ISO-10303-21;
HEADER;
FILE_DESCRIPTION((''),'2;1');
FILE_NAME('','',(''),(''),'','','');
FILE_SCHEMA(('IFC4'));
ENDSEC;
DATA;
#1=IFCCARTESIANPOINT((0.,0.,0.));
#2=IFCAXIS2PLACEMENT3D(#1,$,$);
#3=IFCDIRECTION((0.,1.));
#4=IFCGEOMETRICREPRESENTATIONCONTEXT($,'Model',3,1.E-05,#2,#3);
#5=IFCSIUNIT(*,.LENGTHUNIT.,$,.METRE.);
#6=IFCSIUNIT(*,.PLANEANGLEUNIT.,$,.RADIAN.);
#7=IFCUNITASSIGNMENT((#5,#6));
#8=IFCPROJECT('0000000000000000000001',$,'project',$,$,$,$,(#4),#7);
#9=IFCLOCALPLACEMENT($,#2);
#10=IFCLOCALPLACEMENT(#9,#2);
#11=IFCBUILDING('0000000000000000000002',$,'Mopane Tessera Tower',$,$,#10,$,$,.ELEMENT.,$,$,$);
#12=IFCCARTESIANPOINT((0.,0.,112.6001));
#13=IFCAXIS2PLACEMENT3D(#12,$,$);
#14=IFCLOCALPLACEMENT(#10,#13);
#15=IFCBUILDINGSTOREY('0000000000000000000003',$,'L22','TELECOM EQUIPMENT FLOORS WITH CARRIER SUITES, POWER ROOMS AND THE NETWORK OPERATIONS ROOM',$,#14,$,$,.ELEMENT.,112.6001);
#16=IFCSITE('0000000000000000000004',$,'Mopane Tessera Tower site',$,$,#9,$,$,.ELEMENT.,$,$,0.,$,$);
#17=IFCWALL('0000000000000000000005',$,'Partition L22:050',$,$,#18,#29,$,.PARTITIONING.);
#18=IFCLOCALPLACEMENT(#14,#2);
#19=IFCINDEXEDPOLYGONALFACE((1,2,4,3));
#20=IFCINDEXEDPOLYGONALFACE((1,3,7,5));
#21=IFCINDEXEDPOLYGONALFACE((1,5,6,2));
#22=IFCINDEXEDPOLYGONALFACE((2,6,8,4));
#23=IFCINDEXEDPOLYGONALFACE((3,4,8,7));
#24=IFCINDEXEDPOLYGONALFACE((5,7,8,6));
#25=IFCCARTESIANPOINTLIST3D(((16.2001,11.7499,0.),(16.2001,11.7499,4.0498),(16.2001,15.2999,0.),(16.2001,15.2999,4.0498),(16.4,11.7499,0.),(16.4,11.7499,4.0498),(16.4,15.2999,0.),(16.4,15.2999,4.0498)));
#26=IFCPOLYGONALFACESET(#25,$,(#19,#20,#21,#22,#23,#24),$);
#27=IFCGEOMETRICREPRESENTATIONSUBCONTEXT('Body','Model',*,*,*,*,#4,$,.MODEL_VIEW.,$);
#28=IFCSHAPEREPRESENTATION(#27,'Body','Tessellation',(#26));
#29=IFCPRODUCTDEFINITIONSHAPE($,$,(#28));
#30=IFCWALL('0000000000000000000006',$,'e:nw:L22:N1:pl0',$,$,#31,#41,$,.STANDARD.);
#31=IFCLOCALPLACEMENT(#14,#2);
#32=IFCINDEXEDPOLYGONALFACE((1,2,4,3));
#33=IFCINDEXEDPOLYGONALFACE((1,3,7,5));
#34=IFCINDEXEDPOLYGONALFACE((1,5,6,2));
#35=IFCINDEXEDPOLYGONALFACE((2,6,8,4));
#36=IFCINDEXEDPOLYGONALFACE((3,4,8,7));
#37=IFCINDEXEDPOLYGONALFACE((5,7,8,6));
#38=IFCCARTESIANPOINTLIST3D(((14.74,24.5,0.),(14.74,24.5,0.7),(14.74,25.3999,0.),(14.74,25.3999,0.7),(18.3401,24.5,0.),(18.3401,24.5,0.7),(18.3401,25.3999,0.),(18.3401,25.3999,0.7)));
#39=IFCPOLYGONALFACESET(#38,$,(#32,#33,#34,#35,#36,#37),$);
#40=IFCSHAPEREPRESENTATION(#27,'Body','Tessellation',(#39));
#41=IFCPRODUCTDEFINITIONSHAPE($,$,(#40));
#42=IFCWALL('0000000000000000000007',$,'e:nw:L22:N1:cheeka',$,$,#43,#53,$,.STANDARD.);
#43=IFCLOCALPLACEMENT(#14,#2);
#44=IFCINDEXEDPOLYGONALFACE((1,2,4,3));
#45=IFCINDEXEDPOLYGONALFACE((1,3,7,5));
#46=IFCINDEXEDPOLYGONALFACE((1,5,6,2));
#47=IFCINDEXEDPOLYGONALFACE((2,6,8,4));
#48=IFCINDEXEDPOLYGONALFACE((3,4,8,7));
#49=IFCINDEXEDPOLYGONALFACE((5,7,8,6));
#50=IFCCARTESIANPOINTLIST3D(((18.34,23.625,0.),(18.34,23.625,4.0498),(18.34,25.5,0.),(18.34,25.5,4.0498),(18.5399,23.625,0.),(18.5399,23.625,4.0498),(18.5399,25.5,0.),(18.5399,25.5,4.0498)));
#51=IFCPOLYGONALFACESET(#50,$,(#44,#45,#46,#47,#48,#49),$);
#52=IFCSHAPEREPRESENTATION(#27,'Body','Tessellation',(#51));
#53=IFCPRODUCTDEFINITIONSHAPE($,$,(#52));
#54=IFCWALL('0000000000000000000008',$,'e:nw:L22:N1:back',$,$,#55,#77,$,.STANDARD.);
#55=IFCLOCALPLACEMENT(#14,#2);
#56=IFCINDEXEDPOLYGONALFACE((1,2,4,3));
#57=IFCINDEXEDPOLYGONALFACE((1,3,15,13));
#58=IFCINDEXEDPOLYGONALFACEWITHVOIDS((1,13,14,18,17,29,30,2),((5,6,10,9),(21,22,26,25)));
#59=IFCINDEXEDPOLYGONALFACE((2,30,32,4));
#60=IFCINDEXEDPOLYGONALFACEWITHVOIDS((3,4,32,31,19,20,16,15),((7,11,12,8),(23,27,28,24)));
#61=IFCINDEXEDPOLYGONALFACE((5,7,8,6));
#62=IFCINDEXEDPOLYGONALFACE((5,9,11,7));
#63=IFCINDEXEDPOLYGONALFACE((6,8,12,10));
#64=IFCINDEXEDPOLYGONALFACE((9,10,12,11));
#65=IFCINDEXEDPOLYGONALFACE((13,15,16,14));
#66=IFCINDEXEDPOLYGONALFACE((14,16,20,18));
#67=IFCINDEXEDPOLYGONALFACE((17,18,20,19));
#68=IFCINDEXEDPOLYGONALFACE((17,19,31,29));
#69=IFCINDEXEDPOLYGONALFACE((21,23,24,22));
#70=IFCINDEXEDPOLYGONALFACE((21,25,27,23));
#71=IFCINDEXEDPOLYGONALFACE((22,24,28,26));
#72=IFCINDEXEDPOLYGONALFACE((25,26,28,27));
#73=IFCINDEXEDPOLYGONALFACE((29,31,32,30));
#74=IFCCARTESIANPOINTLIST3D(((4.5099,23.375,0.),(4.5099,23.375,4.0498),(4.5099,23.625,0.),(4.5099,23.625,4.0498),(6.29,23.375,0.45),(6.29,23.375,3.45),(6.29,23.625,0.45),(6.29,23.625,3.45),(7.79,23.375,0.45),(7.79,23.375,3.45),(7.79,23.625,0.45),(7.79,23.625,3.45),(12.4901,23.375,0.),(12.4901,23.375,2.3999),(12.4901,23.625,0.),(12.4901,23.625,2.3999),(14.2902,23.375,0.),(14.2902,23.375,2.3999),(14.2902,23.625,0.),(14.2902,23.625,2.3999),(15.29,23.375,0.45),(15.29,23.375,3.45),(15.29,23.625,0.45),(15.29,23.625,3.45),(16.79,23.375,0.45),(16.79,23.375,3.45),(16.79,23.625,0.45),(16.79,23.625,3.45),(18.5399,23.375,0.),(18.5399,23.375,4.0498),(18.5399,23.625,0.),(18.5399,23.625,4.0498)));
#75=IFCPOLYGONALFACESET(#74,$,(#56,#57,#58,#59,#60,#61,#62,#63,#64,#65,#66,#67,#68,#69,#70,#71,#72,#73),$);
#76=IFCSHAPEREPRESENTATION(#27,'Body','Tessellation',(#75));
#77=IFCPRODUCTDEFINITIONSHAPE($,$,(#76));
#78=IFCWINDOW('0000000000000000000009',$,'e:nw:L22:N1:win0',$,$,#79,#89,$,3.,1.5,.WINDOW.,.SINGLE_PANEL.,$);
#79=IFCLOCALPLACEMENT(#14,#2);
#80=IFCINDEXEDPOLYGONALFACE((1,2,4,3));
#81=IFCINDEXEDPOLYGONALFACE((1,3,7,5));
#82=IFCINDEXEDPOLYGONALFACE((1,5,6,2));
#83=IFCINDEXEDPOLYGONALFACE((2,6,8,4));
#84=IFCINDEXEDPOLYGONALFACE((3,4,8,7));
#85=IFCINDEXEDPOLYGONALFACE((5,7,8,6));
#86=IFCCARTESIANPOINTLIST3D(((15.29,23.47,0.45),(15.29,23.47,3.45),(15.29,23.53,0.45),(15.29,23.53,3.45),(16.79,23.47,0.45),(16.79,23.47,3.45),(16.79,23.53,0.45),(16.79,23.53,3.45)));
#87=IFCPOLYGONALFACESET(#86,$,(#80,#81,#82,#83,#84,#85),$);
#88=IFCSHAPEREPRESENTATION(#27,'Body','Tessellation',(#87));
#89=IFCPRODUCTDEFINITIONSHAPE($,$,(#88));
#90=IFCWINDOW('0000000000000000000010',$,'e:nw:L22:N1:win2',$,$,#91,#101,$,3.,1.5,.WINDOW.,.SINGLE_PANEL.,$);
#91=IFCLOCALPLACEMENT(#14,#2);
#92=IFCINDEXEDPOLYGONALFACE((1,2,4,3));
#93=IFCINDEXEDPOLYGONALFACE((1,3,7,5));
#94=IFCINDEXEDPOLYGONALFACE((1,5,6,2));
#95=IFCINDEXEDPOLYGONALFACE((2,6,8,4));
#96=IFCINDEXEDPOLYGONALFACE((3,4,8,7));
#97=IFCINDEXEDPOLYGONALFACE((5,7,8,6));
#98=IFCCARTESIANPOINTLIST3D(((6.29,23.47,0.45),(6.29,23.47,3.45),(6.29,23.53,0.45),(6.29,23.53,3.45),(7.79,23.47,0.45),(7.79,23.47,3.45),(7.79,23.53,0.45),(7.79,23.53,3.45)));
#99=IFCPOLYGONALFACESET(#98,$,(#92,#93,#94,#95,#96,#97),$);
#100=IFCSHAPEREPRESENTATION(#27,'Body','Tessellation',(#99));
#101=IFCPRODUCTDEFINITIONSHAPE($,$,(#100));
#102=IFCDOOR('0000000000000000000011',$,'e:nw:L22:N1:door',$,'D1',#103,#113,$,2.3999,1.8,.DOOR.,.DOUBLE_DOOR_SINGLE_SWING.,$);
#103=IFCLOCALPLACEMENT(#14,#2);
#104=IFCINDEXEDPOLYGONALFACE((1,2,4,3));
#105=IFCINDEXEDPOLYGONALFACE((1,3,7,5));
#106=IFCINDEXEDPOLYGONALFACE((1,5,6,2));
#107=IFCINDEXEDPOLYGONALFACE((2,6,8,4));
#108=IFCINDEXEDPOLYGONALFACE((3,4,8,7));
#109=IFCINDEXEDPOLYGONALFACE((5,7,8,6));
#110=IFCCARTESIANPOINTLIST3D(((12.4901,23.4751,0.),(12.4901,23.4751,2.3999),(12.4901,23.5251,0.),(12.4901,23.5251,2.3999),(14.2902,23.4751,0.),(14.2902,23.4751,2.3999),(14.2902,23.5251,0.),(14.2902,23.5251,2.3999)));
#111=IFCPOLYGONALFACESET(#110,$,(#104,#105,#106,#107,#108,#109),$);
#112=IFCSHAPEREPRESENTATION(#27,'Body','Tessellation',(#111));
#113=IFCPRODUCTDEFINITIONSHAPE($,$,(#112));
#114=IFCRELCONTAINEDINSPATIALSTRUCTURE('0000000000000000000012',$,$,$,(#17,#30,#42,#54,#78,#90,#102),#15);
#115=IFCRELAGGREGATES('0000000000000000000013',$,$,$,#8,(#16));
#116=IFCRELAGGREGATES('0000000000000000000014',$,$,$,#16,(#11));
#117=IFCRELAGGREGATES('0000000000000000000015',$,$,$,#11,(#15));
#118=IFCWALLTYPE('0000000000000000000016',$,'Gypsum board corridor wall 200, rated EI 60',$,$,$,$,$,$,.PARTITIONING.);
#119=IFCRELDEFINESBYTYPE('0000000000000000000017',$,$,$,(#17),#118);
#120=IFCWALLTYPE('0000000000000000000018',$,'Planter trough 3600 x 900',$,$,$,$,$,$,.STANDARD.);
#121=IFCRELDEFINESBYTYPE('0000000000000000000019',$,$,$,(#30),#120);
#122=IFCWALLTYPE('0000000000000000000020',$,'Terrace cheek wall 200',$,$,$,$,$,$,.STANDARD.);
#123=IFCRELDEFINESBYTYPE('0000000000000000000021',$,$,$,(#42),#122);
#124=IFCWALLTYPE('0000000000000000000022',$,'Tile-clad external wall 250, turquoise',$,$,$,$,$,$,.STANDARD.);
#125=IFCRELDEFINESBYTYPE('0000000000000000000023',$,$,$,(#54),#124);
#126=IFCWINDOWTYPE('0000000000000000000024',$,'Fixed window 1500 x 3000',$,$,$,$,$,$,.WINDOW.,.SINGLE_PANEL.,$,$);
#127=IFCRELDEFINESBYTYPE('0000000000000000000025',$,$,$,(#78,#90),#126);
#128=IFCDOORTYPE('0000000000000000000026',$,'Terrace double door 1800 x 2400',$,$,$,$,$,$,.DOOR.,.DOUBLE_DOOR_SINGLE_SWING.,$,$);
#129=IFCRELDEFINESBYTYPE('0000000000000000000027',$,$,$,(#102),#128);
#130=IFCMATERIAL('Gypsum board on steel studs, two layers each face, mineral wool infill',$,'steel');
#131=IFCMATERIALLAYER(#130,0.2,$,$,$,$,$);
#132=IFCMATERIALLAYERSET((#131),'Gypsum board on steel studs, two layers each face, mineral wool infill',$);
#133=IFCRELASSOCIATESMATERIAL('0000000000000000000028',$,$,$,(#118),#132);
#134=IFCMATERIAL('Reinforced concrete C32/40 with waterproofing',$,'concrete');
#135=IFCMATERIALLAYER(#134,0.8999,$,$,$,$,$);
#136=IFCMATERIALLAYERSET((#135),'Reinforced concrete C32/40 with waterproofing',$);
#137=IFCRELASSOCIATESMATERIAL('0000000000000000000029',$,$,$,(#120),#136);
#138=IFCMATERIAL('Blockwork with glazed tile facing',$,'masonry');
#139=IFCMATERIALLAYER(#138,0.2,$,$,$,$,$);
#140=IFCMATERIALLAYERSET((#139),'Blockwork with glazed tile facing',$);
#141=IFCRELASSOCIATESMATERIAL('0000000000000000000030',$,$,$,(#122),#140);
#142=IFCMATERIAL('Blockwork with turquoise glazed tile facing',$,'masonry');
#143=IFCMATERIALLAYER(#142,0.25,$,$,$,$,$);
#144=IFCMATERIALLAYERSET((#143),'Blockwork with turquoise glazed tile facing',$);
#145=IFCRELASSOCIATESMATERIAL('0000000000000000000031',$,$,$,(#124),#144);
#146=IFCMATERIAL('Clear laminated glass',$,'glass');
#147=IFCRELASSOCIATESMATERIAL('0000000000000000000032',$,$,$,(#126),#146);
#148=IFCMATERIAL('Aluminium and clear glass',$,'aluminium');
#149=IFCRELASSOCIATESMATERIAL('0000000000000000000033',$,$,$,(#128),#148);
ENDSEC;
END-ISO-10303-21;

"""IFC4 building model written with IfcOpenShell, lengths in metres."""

from ifc_helpers import new_model, si_unit, direction, frame, frame_2d, origin, place, context, subcontext, project, spatial, rectangle, extrude, material, layer, layer_set, type_object, element, fill, save


model = new_model("IFC4")

# Units and contexts
model_context = context("Model", 3, precision=1e-05, world=origin(), true_north=direction((0.0, 1.0)))
body_context = subcontext(model_context, "Body", "Model", "MODEL_VIEW")
ifc_project = project(units=[si_unit("LENGTHUNIT", "METRE"), si_unit("PLANEANGLEUNIT", "RADIAN")], contexts=[model_context])

# Site, building, storey
site_placement = place(None, origin())
site = spatial("IfcSite", under=ifc_project, at=site_placement, Name="Mopane Tessera Tower site", CompositionType="ELEMENT", RefElevation=0.0)
building_placement = place(site_placement, origin())
building = spatial("IfcBuilding", under=site, at=building_placement, Name="Mopane Tessera Tower", CompositionType="ELEMENT")
storey_placement = place(building_placement, frame((0.0, 0.0, 112.6001)))
storey = spatial("IfcBuildingStorey", under=building, at=storey_placement, Name="L22", Description="TELECOM EQUIPMENT FLOORS WITH CARRIER SUITES, POWER ROOMS AND THE NETWORK OPERATIONS ROOM", CompositionType="ELEMENT", Elevation=112.6001)

# Walls
ifc_material_1 = material(Name="Gypsum board on steel studs, two layers each face, mineral wool infill", Category="steel")
ifc_layer_1 = layer(ifc_material_1, 0.2)
ifc_layer_set_1 = layer_set([ifc_layer_1], Name="Gypsum board on steel studs, two layers each face, mineral wool infill")
wall_type_1 = type_object("IfcWallType", Name="Gypsum board corridor wall 200, rated EI 60", PredefinedType="PARTITIONING", material=ifc_layer_set_1)
wall_1_placement = place(storey_placement, frame((16.3, 11.75, 0.0), z_axis=(0.0, 0.0, 1.0), x_axis=(0.0, 1.0, 0.0)))
element("IfcWall", 1, at=wall_1_placement, inside=storey, type_object=wall_type_1, Name="Partition L22:050", PredefinedType="PARTITIONING", context=body_context, shape_type="SweptSolid", body=[
    extrude(rectangle(XDim=3.55, YDim=0.2, at=frame_2d((1.7749, 0.0))), origin(), (0.0, 0.0, 1.0), 4.0498),
])
ifc_material_2 = material(Name="Reinforced concrete C32/40 with waterproofing", Category="concrete")
ifc_layer_2 = layer(ifc_material_2, 0.8999)
ifc_layer_set_2 = layer_set([ifc_layer_2], Name="Reinforced concrete C32/40 with waterproofing")
wall_type_2 = type_object("IfcWallType", Name="Planter trough 3600 x 900", PredefinedType="STANDARD", material=ifc_layer_set_2)
wall_2_placement = place(storey_placement, frame((18.3401, 24.95, 0.0), z_axis=(0.0, 0.0, 1.0), x_axis=(-1.0, 0.0, 0.0)))
element("IfcWall", 2, at=wall_2_placement, inside=storey, type_object=wall_type_2, Name="e:nw:L22:N1:pl0", PredefinedType="STANDARD", context=body_context, shape_type="SweptSolid", body=[
    extrude(rectangle(XDim=3.6001, YDim=0.8999, at=frame_2d((1.8, 0.0))), origin(), (0.0, 0.0, 1.0), 0.7),
])
ifc_material_3 = material(Name="Blockwork with glazed tile facing", Category="masonry")
ifc_layer_3 = layer(ifc_material_3, 0.2)
ifc_layer_set_3 = layer_set([ifc_layer_3], Name="Blockwork with glazed tile facing")
wall_type_3 = type_object("IfcWallType", Name="Terrace cheek wall 200", PredefinedType="STANDARD", material=ifc_layer_set_3)
wall_3_placement = place(storey_placement, frame((18.4399, 25.5, 0.0), z_axis=(0.0, 0.0, 1.0), x_axis=(0.0, -1.0, 0.0)))
element("IfcWall", 3, at=wall_3_placement, inside=storey, type_object=wall_type_3, Name="e:nw:L22:N1:cheeka", PredefinedType="STANDARD", context=body_context, shape_type="SweptSolid", body=[
    extrude(rectangle(XDim=1.875, YDim=0.2, at=frame_2d((0.9375, 0.0))), origin(), (0.0, 0.0, 1.0), 4.0498),
])

# Wall, openings, windows, door
ifc_material_4 = material(Name="Blockwork with turquoise glazed tile facing", Category="masonry")
ifc_layer_4 = layer(ifc_material_4, 0.25)
ifc_layer_set_4 = layer_set([ifc_layer_4], Name="Blockwork with turquoise glazed tile facing")
wall_type_4 = type_object("IfcWallType", Name="Tile-clad external wall 250, turquoise", PredefinedType="STANDARD", material=ifc_layer_set_4)
wall_4_placement = place(storey_placement, frame((18.54, 23.5, 0.0), z_axis=(0.0, 0.0, 1.0), x_axis=(-1.0, 0.0, 0.0)))
wall_4 = element("IfcWall", 4, at=wall_4_placement, inside=storey, type_object=wall_type_4, Name="e:nw:L22:N1:back", PredefinedType="STANDARD", context=body_context, shape_type="SweptSolid", body=[
    extrude(rectangle(XDim=14.03, YDim=0.25, at=frame_2d((7.0151, 0.0))), origin(), (0.0, 0.0, 1.0), 4.0498),
])
opening_1_placement = place(wall_4_placement, frame((1.75, 0.0, 0.45)))
opening_1 = element("IfcOpeningElement", 5, at=opening_1_placement, cuts=wall_4, PredefinedType="OPENING", context=body_context, shape_type="SweptSolid", body=[
    extrude(rectangle(XDim=1.5, YDim=3.0, at=frame_2d((0.75, 1.5))), frame((0.0, 0.137, 0.0), z_axis=(0.0, -1.0, 0.0), x_axis=(1.0, 0.0, 0.0)), (0.0, 0.0, 1.0), 0.2739),
])
opening_2_placement = place(wall_4_placement, frame((4.25, 0.0, 0.0)))
opening_2 = element("IfcOpeningElement", 6, at=opening_2_placement, cuts=wall_4, PredefinedType="OPENING", context=body_context, shape_type="SweptSolid", body=[
    extrude(rectangle(XDim=1.8, YDim=2.3999, at=frame_2d((0.8999, 1.2))), frame((0.0, 0.137, 0.0), z_axis=(0.0, -1.0, 0.0), x_axis=(1.0, 0.0, 0.0)), (0.0, 0.0, 1.0), 0.2739),
])
opening_3_placement = place(wall_4_placement, frame((10.75, 0.0, 0.45)))
opening_3 = element("IfcOpeningElement", 7, at=opening_3_placement, cuts=wall_4, PredefinedType="OPENING", context=body_context, shape_type="SweptSolid", body=[
    extrude(rectangle(XDim=1.5, YDim=3.0, at=frame_2d((0.75, 1.5))), frame((0.0, 0.137, 0.0), z_axis=(0.0, -1.0, 0.0), x_axis=(1.0, 0.0, 0.0)), (0.0, 0.0, 1.0), 0.2739),
])
ifc_material_5 = material(Name="Clear laminated glass", Category="glass")
window_type = type_object("IfcWindowType", Name="Fixed window 1500 x 3000", PartitioningType="SINGLE_PANEL", PredefinedType="WINDOW", material=ifc_material_5)
window_1_placement = place(opening_1_placement, origin())
window_1 = element("IfcWindow", 8, at=window_1_placement, inside=storey, type_object=window_type, Name="e:nw:L22:N1:win0", OverallHeight=3.0, OverallWidth=1.5, PartitioningType="SINGLE_PANEL", PredefinedType="WINDOW", context=body_context, shape_type="SweptSolid", body=[
    extrude(rectangle(XDim=1.5, YDim=3.0, at=frame_2d((0.75, 1.5))), frame((0.0, 0.03, 0.0), z_axis=(0.0, -1.0, 0.0), x_axis=(1.0, 0.0, 0.0)), (0.0, 0.0, 1.0), 0.0601),
])
fill(opening_1, window_1)
window_2_placement = place(opening_3_placement, origin())
window_2 = element("IfcWindow", 9, at=window_2_placement, inside=storey, type_object=window_type, Name="e:nw:L22:N1:win2", OverallHeight=3.0, OverallWidth=1.5, PartitioningType="SINGLE_PANEL", PredefinedType="WINDOW", context=body_context, shape_type="SweptSolid", body=[
    extrude(rectangle(XDim=1.5, YDim=3.0, at=frame_2d((0.75, 1.5))), frame((0.0, 0.03, 0.0), z_axis=(0.0, -1.0, 0.0), x_axis=(1.0, 0.0, 0.0)), (0.0, 0.0, 1.0), 0.0601),
])
fill(opening_3, window_2)
ifc_material_6 = material(Name="Aluminium and clear glass", Category="aluminium")
door_type = type_object("IfcDoorType", Name="Terrace double door 1800 x 2400", OperationType="DOUBLE_DOOR_SINGLE_SWING", PredefinedType="DOOR", material=ifc_material_6)
door_placement = place(opening_2_placement, origin())
door = element("IfcDoor", 10, at=door_placement, inside=storey, type_object=door_type, Name="e:nw:L22:N1:door", ObjectType="D1", OperationType="DOUBLE_DOOR_SINGLE_SWING", OverallHeight=2.3999, OverallWidth=1.8, PredefinedType="DOOR", context=body_context, shape_type="SweptSolid", body=[
    extrude(rectangle(XDim=1.8, YDim=2.3999, at=frame_2d((0.8999, 1.2))), frame((0.0, 0.0249, 0.0), z_axis=(0.0, -1.0, 0.0), x_axis=(1.0, 0.0, 0.0)), (0.0, 0.0, 1.0), 0.05),
])
fill(opening_2, door)

save(model, "model.ifc")
